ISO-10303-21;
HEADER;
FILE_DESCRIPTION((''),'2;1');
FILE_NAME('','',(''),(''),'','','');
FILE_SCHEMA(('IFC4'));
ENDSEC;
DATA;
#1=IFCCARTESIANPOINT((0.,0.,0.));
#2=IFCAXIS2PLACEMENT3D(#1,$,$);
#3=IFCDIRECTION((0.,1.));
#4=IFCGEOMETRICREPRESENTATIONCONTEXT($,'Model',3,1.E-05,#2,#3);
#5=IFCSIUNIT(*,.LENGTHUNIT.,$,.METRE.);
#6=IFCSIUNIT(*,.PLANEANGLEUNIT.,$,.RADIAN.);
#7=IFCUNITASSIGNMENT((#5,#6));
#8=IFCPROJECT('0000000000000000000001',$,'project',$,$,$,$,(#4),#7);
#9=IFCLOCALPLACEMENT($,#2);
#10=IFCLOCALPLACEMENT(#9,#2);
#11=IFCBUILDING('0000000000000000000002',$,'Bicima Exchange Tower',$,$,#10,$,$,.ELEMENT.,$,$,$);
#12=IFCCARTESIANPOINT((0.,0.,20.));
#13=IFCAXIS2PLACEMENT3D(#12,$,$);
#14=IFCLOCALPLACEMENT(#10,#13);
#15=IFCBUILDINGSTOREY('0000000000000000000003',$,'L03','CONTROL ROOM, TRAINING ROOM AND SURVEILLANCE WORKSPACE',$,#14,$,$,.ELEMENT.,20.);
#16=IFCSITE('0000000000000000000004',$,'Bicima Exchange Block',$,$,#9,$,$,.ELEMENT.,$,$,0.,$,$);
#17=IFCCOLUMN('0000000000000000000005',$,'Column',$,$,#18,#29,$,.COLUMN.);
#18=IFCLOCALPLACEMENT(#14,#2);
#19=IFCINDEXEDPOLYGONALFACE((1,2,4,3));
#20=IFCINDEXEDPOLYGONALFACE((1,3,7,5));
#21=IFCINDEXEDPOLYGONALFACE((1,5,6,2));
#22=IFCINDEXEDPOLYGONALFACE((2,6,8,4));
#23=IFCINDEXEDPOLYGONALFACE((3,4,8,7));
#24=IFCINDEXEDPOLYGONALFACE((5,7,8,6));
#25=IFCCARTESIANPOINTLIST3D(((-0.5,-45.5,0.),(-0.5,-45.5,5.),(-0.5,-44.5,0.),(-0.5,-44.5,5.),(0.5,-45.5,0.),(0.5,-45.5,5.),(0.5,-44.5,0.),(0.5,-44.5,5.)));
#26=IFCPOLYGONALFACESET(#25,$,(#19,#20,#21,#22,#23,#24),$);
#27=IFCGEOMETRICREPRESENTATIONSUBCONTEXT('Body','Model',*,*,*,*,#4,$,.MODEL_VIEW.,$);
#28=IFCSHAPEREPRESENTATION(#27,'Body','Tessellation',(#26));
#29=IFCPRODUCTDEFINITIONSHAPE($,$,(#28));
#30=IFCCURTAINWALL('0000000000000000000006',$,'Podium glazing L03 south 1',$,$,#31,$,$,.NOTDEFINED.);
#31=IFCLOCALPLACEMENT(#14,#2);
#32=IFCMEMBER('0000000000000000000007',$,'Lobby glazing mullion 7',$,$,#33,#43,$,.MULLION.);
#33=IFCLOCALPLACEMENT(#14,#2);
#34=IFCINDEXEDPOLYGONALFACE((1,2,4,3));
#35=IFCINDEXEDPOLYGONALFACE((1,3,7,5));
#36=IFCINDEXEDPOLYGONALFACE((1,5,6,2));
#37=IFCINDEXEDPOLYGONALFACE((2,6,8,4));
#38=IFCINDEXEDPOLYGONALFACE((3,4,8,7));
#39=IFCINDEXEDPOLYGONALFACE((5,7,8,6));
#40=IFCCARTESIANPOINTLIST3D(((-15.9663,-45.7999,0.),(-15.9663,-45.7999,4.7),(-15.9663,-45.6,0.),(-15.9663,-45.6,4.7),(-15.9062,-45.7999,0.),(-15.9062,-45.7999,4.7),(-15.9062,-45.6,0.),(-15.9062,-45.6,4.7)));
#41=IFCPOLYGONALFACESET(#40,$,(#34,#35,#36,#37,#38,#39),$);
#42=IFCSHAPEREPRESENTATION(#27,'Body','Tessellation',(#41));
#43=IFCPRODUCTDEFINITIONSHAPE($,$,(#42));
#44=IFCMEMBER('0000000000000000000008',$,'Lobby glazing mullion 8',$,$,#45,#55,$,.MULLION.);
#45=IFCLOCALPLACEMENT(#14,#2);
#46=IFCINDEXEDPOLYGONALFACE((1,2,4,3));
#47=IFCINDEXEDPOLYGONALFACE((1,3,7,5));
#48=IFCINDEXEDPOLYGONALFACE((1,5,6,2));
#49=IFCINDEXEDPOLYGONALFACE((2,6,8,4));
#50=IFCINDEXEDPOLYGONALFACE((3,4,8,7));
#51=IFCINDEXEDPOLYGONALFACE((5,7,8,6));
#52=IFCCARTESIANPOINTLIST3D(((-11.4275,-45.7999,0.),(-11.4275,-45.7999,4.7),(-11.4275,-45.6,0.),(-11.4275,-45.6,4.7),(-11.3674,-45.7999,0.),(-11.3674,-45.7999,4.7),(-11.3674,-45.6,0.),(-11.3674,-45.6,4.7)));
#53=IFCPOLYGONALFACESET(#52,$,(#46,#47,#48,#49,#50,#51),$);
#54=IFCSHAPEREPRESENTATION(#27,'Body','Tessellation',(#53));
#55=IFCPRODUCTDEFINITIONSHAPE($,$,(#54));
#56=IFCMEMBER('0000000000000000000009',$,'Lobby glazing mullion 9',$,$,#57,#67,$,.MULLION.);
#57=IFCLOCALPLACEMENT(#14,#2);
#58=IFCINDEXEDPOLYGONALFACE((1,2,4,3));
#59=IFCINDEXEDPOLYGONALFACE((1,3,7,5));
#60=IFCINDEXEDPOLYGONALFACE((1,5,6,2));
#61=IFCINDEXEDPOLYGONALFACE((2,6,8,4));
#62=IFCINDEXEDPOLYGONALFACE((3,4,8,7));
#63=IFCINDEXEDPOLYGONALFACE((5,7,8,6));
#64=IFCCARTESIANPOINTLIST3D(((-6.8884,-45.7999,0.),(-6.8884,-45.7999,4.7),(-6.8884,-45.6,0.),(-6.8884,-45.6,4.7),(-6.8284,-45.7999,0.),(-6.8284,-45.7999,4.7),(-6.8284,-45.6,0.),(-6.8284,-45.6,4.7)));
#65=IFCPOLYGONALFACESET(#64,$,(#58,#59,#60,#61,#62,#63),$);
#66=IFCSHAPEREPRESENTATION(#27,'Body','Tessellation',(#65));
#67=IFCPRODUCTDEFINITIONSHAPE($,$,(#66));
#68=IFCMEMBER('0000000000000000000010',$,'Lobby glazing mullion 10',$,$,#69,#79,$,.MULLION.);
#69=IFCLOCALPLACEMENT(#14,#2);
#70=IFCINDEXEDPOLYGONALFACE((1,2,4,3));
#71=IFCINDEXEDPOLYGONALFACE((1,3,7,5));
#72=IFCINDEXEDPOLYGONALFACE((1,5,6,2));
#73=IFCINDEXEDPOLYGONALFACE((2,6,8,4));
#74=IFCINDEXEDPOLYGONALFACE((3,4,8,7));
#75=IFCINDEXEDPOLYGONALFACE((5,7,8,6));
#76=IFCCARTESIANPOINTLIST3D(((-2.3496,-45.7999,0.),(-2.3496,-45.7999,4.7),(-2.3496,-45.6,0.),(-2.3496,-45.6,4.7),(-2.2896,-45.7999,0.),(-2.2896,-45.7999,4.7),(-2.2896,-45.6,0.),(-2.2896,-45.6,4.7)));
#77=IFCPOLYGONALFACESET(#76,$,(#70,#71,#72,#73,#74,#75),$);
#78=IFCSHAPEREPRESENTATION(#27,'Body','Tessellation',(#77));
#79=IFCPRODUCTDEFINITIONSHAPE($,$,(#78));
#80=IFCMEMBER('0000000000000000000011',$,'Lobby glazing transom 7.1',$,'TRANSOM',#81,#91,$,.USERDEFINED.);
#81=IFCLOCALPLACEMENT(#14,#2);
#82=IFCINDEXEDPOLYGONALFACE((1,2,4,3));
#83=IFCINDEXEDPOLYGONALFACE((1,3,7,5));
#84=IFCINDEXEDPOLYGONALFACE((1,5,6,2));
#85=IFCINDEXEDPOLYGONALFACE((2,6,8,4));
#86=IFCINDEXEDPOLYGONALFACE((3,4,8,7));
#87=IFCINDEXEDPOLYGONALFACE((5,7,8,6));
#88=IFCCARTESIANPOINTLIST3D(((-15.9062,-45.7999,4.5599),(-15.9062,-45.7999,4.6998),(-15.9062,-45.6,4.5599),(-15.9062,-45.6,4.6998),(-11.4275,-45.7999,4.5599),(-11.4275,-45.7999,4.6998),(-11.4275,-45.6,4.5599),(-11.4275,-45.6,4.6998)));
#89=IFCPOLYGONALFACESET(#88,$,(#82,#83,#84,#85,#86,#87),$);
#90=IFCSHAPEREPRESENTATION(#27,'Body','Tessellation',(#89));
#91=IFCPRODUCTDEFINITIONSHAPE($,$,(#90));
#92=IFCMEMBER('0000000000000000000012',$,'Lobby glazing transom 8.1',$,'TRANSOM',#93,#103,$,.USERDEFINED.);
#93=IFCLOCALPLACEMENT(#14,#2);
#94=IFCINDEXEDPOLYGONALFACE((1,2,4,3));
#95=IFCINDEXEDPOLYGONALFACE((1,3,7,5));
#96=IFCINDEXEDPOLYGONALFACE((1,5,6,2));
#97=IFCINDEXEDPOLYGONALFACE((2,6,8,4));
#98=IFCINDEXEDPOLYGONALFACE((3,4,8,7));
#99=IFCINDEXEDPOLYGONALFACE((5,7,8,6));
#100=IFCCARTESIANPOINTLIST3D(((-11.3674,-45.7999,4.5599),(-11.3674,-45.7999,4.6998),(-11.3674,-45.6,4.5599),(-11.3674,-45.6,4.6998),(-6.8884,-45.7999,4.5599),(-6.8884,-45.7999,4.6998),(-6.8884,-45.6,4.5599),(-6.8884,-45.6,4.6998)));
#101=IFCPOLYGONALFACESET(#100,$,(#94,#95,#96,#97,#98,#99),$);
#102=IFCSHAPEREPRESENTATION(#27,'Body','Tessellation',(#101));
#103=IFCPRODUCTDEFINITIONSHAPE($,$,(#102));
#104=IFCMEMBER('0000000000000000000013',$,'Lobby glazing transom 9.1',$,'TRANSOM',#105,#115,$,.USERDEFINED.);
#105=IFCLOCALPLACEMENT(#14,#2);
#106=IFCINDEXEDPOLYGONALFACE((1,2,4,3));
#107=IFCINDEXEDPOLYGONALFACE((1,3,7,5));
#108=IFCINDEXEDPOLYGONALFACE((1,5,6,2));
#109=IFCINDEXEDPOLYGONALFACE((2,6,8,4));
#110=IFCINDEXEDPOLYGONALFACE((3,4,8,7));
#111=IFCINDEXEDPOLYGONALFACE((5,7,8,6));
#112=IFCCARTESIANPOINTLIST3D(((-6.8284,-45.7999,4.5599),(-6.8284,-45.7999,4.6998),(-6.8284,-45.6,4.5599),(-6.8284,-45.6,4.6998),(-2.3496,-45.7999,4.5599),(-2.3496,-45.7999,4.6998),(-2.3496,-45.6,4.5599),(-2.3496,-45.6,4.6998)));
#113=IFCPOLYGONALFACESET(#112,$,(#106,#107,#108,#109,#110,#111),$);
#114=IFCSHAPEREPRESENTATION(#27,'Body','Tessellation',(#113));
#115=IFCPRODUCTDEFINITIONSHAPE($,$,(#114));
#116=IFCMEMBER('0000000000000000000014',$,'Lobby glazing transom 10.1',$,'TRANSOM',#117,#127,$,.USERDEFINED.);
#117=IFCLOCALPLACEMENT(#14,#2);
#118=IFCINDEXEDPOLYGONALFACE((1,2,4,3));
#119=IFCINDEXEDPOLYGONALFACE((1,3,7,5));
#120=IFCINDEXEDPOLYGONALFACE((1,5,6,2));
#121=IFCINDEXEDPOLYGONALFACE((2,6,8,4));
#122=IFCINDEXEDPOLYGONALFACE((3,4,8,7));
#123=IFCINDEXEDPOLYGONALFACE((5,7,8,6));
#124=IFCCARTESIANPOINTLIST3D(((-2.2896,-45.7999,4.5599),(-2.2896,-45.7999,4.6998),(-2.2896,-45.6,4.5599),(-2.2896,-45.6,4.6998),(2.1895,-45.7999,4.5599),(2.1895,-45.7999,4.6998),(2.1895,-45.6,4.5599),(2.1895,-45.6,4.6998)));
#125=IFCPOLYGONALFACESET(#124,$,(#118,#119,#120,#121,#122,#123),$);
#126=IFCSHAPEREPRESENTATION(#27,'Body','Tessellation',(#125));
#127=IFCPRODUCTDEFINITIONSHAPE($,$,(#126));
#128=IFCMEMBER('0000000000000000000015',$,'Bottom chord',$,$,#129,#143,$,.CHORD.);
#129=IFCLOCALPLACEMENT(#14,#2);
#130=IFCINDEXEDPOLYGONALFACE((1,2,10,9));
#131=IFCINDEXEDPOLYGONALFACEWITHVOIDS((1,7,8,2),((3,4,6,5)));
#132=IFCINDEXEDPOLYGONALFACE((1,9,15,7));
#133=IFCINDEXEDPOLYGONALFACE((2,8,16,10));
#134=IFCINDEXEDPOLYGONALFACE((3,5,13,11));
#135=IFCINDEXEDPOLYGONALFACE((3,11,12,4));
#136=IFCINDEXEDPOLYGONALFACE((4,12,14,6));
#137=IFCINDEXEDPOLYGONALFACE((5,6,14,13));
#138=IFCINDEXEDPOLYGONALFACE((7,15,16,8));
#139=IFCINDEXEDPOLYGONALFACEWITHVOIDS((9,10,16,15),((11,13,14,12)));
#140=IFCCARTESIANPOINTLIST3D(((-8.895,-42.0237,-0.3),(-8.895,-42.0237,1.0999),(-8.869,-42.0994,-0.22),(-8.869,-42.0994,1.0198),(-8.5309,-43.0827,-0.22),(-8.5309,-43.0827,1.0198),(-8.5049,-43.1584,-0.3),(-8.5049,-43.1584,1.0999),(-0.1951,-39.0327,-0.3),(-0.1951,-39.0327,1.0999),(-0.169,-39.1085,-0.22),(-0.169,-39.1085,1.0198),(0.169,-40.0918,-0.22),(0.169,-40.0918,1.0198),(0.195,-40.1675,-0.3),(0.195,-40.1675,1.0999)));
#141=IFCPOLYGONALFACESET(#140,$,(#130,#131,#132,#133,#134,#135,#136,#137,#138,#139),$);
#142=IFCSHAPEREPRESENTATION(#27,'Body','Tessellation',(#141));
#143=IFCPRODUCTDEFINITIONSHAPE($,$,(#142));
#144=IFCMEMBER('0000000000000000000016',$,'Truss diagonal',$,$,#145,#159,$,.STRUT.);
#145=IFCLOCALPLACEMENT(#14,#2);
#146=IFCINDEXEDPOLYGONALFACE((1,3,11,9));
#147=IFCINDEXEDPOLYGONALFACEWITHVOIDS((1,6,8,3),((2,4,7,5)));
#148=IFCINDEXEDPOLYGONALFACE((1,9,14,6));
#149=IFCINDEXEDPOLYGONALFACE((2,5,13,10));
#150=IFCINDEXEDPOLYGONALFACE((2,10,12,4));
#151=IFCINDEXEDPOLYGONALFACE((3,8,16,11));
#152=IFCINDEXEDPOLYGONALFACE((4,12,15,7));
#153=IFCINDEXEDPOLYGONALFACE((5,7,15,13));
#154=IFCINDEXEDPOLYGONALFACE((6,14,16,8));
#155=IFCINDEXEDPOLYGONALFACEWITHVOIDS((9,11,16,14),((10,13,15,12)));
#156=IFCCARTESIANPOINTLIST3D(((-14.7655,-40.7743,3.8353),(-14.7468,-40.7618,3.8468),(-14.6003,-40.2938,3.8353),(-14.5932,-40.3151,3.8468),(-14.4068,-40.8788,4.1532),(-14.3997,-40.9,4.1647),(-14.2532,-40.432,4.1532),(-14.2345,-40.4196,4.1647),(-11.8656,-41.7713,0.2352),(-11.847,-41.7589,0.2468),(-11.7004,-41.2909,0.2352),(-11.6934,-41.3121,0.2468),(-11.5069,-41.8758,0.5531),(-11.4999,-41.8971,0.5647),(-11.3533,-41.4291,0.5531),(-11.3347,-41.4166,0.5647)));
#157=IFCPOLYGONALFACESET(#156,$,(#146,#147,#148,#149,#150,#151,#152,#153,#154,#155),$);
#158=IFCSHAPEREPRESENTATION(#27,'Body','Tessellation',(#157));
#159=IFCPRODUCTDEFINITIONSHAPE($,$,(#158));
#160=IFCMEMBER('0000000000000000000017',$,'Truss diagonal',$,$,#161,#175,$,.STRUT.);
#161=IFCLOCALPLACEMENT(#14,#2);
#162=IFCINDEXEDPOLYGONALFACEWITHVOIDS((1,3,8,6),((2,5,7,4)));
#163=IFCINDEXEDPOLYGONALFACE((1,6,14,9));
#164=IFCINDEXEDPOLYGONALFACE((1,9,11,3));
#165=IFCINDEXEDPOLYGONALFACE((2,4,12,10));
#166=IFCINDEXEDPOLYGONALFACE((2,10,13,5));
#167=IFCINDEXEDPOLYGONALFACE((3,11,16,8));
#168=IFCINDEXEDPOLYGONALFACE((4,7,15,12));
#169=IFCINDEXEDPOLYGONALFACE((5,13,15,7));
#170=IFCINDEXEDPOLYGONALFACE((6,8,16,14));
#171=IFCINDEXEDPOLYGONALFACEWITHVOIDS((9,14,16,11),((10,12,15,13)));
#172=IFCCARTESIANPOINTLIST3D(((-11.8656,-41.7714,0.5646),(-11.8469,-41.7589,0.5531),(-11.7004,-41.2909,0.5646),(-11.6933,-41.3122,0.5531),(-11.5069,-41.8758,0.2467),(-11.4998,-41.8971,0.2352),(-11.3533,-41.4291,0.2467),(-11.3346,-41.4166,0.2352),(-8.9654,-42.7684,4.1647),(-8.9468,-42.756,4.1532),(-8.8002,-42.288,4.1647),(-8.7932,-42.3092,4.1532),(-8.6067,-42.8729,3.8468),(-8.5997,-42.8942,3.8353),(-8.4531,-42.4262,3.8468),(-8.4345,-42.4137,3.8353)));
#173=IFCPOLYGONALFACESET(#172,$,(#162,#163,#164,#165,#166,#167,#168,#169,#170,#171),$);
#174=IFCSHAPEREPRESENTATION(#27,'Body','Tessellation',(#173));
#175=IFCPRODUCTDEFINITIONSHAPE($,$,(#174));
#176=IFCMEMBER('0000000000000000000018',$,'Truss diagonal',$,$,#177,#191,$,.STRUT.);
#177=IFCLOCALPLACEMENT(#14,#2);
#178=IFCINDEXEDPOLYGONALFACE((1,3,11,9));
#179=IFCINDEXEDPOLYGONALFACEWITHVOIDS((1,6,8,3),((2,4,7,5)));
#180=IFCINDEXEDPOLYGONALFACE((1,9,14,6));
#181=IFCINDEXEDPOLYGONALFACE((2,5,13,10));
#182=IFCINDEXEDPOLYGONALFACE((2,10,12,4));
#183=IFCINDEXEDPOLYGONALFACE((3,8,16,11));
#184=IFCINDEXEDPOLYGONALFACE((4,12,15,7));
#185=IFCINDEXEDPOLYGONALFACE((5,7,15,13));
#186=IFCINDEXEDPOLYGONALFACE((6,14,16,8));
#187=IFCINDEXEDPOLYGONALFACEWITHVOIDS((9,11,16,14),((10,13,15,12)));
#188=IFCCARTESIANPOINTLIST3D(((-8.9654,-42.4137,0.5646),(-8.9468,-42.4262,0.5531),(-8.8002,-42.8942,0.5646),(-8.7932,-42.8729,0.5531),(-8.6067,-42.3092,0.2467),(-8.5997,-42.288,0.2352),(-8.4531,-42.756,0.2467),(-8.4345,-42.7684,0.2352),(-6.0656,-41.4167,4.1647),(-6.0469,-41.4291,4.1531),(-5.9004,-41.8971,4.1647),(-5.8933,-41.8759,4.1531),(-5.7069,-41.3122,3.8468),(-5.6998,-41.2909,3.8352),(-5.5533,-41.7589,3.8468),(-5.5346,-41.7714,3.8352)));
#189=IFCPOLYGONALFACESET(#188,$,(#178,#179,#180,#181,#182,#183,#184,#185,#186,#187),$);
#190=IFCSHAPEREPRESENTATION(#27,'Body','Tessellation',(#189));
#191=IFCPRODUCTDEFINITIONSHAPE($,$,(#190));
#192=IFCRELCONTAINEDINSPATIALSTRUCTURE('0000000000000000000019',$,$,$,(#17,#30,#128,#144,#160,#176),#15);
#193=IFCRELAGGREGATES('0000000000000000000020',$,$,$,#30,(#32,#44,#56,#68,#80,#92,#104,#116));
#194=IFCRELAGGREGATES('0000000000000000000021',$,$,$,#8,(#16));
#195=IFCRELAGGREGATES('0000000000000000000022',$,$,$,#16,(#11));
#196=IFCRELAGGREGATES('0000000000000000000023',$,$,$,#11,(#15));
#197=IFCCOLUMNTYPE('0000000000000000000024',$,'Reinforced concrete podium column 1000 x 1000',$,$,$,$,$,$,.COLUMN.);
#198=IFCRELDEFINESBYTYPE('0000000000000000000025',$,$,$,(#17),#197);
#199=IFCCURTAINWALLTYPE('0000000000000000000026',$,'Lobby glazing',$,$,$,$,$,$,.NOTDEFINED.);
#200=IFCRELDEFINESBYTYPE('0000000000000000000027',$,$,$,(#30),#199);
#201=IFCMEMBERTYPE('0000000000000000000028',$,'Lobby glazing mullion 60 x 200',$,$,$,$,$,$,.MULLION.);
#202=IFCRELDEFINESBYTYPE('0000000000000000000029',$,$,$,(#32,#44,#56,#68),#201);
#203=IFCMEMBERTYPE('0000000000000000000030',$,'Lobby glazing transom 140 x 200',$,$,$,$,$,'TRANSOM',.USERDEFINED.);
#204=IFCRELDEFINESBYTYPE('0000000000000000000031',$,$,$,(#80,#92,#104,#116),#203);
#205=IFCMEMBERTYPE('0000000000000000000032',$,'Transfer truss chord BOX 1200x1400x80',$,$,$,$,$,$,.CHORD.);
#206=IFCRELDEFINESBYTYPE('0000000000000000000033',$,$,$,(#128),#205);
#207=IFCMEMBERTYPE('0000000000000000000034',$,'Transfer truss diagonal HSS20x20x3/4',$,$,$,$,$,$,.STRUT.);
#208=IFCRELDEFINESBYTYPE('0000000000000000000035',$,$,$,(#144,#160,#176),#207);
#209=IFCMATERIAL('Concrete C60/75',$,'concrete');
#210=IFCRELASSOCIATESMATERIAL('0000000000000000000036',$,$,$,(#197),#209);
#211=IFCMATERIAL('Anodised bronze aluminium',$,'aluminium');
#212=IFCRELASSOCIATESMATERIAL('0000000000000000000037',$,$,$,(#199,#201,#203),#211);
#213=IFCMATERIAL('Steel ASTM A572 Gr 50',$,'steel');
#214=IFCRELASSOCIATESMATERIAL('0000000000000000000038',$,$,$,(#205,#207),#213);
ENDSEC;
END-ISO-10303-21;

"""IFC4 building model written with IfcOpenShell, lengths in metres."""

from ifc_helpers import new_model, si_unit, direction, frame, origin, origin_2d, place, context, subcontext, project, spatial, rectangle, hollow_rectangle, extrude, material, material_profile, profile_set, type_object, element, aggregate, save


model = new_model("IFC4")

# Units and contexts
model_context = context("Model", 3, precision=1e-05, world=origin(), true_north=direction((0.0, 1.0)))
body_context = subcontext(model_context, "Body", "Model", "MODEL_VIEW")
ifc_project = project(units=[si_unit("LENGTHUNIT", "METRE"), si_unit("PLANEANGLEUNIT", "RADIAN")], contexts=[model_context])

# Site, building, storey
site_placement = place(None, origin())
site = spatial("IfcSite", under=ifc_project, at=site_placement, Name="Bicima Exchange Block", CompositionType="ELEMENT", RefElevation=0.0)
building_placement = place(site_placement, origin())
building = spatial("IfcBuilding", under=site, at=building_placement, Name="Bicima Exchange Tower", CompositionType="ELEMENT")
storey_placement = place(building_placement, frame((0.0, 0.0, 20.0)))
storey = spatial("IfcBuildingStorey", under=building, at=storey_placement, Name="L03", Description="CONTROL ROOM, TRAINING ROOM AND SURVEILLANCE WORKSPACE", CompositionType="ELEMENT", Elevation=20.0)

# Column
ifc_material_1 = material(Name="Concrete C60/75", Category="concrete")
ifc_material_profile_1 = material_profile(ifc_material_1, rectangle(XDim=1.0, YDim=1.0, at=origin_2d()))
ifc_profile_set_1 = profile_set([ifc_material_profile_1], Name="Concrete C60/75")
column_type = type_object("IfcColumnType", Name="Reinforced concrete podium column 1000 x 1000", PredefinedType="COLUMN", material=ifc_profile_set_1)
column_placement = place(storey_placement, frame((0.0, -45.0, 0.0), z_axis=(0.0, 0.0, 1.0), x_axis=(1.0, 0.0, 0.0)))
element("IfcColumn", 1, at=column_placement, inside=storey, type_object=column_type, Name="Column", PredefinedType="COLUMN", context=body_context, shape_type="SweptSolid", body=[
    extrude(rectangle(XDim=1.0, YDim=1.0, at=origin_2d()), origin(), (0.0, 0.0, 1.0), 5.0),
])

# Curtain wall, members
ifc_material_2 = material(Name="Anodised bronze aluminium", Category="aluminium")
curtain_wall_type = type_object("IfcCurtainWallType", Name="Lobby glazing", PredefinedType="NOTDEFINED", material=ifc_material_2)
curtain_wall_placement = place(storey_placement, origin())
curtain_wall = element("IfcCurtainWall", 2, at=curtain_wall_placement, inside=storey, type_object=curtain_wall_type, Name="Podium glazing L03 south 1", PredefinedType="NOTDEFINED")
ifc_material_profile_2 = material_profile(ifc_material_2, rectangle(XDim=0.2, YDim=0.0601, at=origin_2d()))
ifc_profile_set_2 = profile_set([ifc_material_profile_2], Name="Anodised bronze aluminium")
member_type_1 = type_object("IfcMemberType", Name="Lobby glazing mullion 60 x 200", PredefinedType="MULLION", material=ifc_profile_set_2)
member_1_placement = place(storey_placement, frame((-15.9363, -45.7, 0.0), z_axis=(0.0, 0.0, 1.0), x_axis=(0.0, 1.0, 0.0)))
member_1 = element("IfcMember", 3, at=member_1_placement, type_object=member_type_1, Name="Lobby glazing mullion 7", PredefinedType="MULLION", context=body_context, shape_type="SweptSolid", body=[
    extrude(rectangle(XDim=0.2, YDim=0.0601, at=origin_2d()), origin(), (0.0, 0.0, 1.0), 4.7),
])
member_2_placement = place(storey_placement, frame((-11.3975, -45.7, 0.0), z_axis=(0.0, 0.0, 1.0), x_axis=(0.0, 1.0, 0.0)))
member_2 = element("IfcMember", 4, at=member_2_placement, type_object=member_type_1, Name="Lobby glazing mullion 8", PredefinedType="MULLION", context=body_context, shape_type="SweptSolid", body=[
    extrude(rectangle(XDim=0.2, YDim=0.0601, at=origin_2d()), origin(), (0.0, 0.0, 1.0), 4.7),
])
member_3_placement = place(storey_placement, frame((-6.8584, -45.7, 0.0), z_axis=(0.0, 0.0, 1.0), x_axis=(0.0, 1.0, 0.0)))
member_3 = element("IfcMember", 5, at=member_3_placement, type_object=member_type_1, Name="Lobby glazing mullion 9", PredefinedType="MULLION", context=body_context, shape_type="SweptSolid", body=[
    extrude(rectangle(XDim=0.2, YDim=0.0601, at=origin_2d()), origin(), (0.0, 0.0, 1.0), 4.7),
])
member_4_placement = place(storey_placement, frame((-2.3196, -45.7, 0.0), z_axis=(0.0, 0.0, 1.0), x_axis=(0.0, 1.0, 0.0)))
member_4 = element("IfcMember", 6, at=member_4_placement, type_object=member_type_1, Name="Lobby glazing mullion 10", PredefinedType="MULLION", context=body_context, shape_type="SweptSolid", body=[
    extrude(rectangle(XDim=0.2, YDim=0.0601, at=origin_2d()), origin(), (0.0, 0.0, 1.0), 4.7),
])
ifc_material_profile_3 = material_profile(ifc_material_2, rectangle(XDim=0.2, YDim=0.1399, at=origin_2d()))
ifc_profile_set_3 = profile_set([ifc_material_profile_3], Name="Anodised bronze aluminium")
member_type_2 = type_object("IfcMemberType", Name="Lobby glazing transom 140 x 200", ElementType="TRANSOM", PredefinedType="USERDEFINED", material=ifc_profile_set_3)
member_5_placement = place(storey_placement, frame((-15.9062, -45.7, 4.6299), z_axis=(1.0, 0.0, 0.0), x_axis=(0.0, 1.0, 0.0)))
member_5 = element("IfcMember", 7, at=member_5_placement, type_object=member_type_2, Name="Lobby glazing transom 7.1", ObjectType="TRANSOM", PredefinedType="USERDEFINED", context=body_context, shape_type="SweptSolid", body=[
    extrude(rectangle(XDim=0.2, YDim=0.1399, at=origin_2d()), origin(), (0.0, 0.0, 1.0), 4.4788),
])
member_6_placement = place(storey_placement, frame((-11.3674, -45.7, 4.6299), z_axis=(1.0, 0.0, 0.0), x_axis=(0.0, 1.0, 0.0)))
member_6 = element("IfcMember", 8, at=member_6_placement, type_object=member_type_2, Name="Lobby glazing transom 8.1", ObjectType="TRANSOM", PredefinedType="USERDEFINED", context=body_context, shape_type="SweptSolid", body=[
    extrude(rectangle(XDim=0.2, YDim=0.1399, at=origin_2d()), origin(), (0.0, 0.0, 1.0), 4.479),
])
member_7_placement = place(storey_placement, frame((-6.8284, -45.7, 4.6299), z_axis=(1.0, 0.0, 0.0), x_axis=(0.0, 1.0, 0.0)))
member_7 = element("IfcMember", 9, at=member_7_placement, type_object=member_type_2, Name="Lobby glazing transom 9.1", ObjectType="TRANSOM", PredefinedType="USERDEFINED", context=body_context, shape_type="SweptSolid", body=[
    extrude(rectangle(XDim=0.2, YDim=0.1399, at=origin_2d()), origin(), (0.0, 0.0, 1.0), 4.4788),
])
member_8_placement = place(storey_placement, frame((-2.2896, -45.7, 4.6299), z_axis=(1.0, 0.0, 0.0), x_axis=(0.0, 1.0, 0.0)))
member_8 = element("IfcMember", 10, at=member_8_placement, type_object=member_type_2, Name="Lobby glazing transom 10.1", ObjectType="TRANSOM", PredefinedType="USERDEFINED", context=body_context, shape_type="SweptSolid", body=[
    extrude(rectangle(XDim=0.2, YDim=0.1399, at=origin_2d()), origin(), (0.0, 0.0, 1.0), 4.479),
])

# Members
ifc_material_3 = material(Name="Steel ASTM A572 Gr 50", Category="steel")
ifc_material_profile_4 = material_profile(ifc_material_3, hollow_rectangle(XDim=1.2, YDim=1.3999, WallThickness=0.0801, at=origin_2d()))
ifc_profile_set_4 = profile_set([ifc_material_profile_4], Name="Steel ASTM A572 Gr 50")
member_type_3 = type_object("IfcMemberType", Name="Transfer truss chord BOX 1200x1400x80", PredefinedType="CHORD", material=ifc_profile_set_4)
member_9_placement = place(storey_placement, frame((-8.7, -42.5911, 0.3999), z_axis=(0.945675, 0.325115, 0.0), x_axis=(-0.325115, 0.945675, 0.0)))
element("IfcMember", 11, at=member_9_placement, inside=storey, type_object=member_type_3, Name="Bottom chord", PredefinedType="CHORD", context=body_context, shape_type="SweptSolid", body=[
    extrude(hollow_rectangle(XDim=1.2, YDim=1.3999, WallThickness=0.0801, at=origin_2d()), origin(), (0.0, 0.0, 1.0), 9.1997),
])
ifc_material_profile_5 = material_profile(ifc_material_3, hollow_rectangle(XDim=0.5081, YDim=0.5081, WallThickness=0.0178, at=origin_2d()))
ifc_profile_set_5 = profile_set([ifc_material_profile_5], Name="Steel ASTM A572 Gr 50")
member_type_4 = type_object("IfcMemberType", Name="Transfer truss diagonal HSS20x20x3/4", PredefinedType="STRUT", material=ifc_profile_set_5)
member_10_placement = place(storey_placement, frame((-14.5, -40.5969, 4.0), z_axis=(0.613205, -0.210838, -0.761267), x_axis=(0.325147, 0.945664, 0.0)))
element("IfcMember", 12, at=member_10_placement, inside=storey, type_object=member_type_4, Name="Truss diagonal", PredefinedType="STRUT", context=body_context, shape_type="SweptSolid", body=[
    extrude(hollow_rectangle(XDim=0.5081, YDim=0.5081, WallThickness=0.0178, at=origin_2d()), origin(), (0.0, 0.0, 1.0), 4.729),
])
member_11_placement = place(storey_placement, frame((-11.6001, -41.594, 0.3999), z_axis=(0.613237, -0.210831, 0.761242), x_axis=(0.325122, 0.945672, 0.0)))
element("IfcMember", 13, at=member_11_placement, inside=storey, type_object=member_type_4, Name="Truss diagonal", PredefinedType="STRUT", context=body_context, shape_type="SweptSolid", body=[
    extrude(hollow_rectangle(XDim=0.5081, YDim=0.5081, WallThickness=0.0178, at=origin_2d()), origin(), (0.0, 0.0, 1.0), 4.7292),
])
member_12_placement = place(storey_placement, frame((-8.7, -42.5911, 0.3999), z_axis=(0.613205, 0.210838, 0.761267), x_axis=(-0.325147, 0.945664, 0.0)))
element("IfcMember", 14, at=member_12_placement, inside=storey, type_object=member_type_4, Name="Truss diagonal", PredefinedType="STRUT", context=body_context, shape_type="SweptSolid", body=[
    extrude(hollow_rectangle(XDim=0.5081, YDim=0.5081, WallThickness=0.0178, at=origin_2d()), origin(), (0.0, 0.0, 1.0), 4.729),
])

aggregate(curtain_wall, [member_1, member_2, member_3, member_4, member_5, member_6, member_7, member_8])

save(model, "model.ifc")
